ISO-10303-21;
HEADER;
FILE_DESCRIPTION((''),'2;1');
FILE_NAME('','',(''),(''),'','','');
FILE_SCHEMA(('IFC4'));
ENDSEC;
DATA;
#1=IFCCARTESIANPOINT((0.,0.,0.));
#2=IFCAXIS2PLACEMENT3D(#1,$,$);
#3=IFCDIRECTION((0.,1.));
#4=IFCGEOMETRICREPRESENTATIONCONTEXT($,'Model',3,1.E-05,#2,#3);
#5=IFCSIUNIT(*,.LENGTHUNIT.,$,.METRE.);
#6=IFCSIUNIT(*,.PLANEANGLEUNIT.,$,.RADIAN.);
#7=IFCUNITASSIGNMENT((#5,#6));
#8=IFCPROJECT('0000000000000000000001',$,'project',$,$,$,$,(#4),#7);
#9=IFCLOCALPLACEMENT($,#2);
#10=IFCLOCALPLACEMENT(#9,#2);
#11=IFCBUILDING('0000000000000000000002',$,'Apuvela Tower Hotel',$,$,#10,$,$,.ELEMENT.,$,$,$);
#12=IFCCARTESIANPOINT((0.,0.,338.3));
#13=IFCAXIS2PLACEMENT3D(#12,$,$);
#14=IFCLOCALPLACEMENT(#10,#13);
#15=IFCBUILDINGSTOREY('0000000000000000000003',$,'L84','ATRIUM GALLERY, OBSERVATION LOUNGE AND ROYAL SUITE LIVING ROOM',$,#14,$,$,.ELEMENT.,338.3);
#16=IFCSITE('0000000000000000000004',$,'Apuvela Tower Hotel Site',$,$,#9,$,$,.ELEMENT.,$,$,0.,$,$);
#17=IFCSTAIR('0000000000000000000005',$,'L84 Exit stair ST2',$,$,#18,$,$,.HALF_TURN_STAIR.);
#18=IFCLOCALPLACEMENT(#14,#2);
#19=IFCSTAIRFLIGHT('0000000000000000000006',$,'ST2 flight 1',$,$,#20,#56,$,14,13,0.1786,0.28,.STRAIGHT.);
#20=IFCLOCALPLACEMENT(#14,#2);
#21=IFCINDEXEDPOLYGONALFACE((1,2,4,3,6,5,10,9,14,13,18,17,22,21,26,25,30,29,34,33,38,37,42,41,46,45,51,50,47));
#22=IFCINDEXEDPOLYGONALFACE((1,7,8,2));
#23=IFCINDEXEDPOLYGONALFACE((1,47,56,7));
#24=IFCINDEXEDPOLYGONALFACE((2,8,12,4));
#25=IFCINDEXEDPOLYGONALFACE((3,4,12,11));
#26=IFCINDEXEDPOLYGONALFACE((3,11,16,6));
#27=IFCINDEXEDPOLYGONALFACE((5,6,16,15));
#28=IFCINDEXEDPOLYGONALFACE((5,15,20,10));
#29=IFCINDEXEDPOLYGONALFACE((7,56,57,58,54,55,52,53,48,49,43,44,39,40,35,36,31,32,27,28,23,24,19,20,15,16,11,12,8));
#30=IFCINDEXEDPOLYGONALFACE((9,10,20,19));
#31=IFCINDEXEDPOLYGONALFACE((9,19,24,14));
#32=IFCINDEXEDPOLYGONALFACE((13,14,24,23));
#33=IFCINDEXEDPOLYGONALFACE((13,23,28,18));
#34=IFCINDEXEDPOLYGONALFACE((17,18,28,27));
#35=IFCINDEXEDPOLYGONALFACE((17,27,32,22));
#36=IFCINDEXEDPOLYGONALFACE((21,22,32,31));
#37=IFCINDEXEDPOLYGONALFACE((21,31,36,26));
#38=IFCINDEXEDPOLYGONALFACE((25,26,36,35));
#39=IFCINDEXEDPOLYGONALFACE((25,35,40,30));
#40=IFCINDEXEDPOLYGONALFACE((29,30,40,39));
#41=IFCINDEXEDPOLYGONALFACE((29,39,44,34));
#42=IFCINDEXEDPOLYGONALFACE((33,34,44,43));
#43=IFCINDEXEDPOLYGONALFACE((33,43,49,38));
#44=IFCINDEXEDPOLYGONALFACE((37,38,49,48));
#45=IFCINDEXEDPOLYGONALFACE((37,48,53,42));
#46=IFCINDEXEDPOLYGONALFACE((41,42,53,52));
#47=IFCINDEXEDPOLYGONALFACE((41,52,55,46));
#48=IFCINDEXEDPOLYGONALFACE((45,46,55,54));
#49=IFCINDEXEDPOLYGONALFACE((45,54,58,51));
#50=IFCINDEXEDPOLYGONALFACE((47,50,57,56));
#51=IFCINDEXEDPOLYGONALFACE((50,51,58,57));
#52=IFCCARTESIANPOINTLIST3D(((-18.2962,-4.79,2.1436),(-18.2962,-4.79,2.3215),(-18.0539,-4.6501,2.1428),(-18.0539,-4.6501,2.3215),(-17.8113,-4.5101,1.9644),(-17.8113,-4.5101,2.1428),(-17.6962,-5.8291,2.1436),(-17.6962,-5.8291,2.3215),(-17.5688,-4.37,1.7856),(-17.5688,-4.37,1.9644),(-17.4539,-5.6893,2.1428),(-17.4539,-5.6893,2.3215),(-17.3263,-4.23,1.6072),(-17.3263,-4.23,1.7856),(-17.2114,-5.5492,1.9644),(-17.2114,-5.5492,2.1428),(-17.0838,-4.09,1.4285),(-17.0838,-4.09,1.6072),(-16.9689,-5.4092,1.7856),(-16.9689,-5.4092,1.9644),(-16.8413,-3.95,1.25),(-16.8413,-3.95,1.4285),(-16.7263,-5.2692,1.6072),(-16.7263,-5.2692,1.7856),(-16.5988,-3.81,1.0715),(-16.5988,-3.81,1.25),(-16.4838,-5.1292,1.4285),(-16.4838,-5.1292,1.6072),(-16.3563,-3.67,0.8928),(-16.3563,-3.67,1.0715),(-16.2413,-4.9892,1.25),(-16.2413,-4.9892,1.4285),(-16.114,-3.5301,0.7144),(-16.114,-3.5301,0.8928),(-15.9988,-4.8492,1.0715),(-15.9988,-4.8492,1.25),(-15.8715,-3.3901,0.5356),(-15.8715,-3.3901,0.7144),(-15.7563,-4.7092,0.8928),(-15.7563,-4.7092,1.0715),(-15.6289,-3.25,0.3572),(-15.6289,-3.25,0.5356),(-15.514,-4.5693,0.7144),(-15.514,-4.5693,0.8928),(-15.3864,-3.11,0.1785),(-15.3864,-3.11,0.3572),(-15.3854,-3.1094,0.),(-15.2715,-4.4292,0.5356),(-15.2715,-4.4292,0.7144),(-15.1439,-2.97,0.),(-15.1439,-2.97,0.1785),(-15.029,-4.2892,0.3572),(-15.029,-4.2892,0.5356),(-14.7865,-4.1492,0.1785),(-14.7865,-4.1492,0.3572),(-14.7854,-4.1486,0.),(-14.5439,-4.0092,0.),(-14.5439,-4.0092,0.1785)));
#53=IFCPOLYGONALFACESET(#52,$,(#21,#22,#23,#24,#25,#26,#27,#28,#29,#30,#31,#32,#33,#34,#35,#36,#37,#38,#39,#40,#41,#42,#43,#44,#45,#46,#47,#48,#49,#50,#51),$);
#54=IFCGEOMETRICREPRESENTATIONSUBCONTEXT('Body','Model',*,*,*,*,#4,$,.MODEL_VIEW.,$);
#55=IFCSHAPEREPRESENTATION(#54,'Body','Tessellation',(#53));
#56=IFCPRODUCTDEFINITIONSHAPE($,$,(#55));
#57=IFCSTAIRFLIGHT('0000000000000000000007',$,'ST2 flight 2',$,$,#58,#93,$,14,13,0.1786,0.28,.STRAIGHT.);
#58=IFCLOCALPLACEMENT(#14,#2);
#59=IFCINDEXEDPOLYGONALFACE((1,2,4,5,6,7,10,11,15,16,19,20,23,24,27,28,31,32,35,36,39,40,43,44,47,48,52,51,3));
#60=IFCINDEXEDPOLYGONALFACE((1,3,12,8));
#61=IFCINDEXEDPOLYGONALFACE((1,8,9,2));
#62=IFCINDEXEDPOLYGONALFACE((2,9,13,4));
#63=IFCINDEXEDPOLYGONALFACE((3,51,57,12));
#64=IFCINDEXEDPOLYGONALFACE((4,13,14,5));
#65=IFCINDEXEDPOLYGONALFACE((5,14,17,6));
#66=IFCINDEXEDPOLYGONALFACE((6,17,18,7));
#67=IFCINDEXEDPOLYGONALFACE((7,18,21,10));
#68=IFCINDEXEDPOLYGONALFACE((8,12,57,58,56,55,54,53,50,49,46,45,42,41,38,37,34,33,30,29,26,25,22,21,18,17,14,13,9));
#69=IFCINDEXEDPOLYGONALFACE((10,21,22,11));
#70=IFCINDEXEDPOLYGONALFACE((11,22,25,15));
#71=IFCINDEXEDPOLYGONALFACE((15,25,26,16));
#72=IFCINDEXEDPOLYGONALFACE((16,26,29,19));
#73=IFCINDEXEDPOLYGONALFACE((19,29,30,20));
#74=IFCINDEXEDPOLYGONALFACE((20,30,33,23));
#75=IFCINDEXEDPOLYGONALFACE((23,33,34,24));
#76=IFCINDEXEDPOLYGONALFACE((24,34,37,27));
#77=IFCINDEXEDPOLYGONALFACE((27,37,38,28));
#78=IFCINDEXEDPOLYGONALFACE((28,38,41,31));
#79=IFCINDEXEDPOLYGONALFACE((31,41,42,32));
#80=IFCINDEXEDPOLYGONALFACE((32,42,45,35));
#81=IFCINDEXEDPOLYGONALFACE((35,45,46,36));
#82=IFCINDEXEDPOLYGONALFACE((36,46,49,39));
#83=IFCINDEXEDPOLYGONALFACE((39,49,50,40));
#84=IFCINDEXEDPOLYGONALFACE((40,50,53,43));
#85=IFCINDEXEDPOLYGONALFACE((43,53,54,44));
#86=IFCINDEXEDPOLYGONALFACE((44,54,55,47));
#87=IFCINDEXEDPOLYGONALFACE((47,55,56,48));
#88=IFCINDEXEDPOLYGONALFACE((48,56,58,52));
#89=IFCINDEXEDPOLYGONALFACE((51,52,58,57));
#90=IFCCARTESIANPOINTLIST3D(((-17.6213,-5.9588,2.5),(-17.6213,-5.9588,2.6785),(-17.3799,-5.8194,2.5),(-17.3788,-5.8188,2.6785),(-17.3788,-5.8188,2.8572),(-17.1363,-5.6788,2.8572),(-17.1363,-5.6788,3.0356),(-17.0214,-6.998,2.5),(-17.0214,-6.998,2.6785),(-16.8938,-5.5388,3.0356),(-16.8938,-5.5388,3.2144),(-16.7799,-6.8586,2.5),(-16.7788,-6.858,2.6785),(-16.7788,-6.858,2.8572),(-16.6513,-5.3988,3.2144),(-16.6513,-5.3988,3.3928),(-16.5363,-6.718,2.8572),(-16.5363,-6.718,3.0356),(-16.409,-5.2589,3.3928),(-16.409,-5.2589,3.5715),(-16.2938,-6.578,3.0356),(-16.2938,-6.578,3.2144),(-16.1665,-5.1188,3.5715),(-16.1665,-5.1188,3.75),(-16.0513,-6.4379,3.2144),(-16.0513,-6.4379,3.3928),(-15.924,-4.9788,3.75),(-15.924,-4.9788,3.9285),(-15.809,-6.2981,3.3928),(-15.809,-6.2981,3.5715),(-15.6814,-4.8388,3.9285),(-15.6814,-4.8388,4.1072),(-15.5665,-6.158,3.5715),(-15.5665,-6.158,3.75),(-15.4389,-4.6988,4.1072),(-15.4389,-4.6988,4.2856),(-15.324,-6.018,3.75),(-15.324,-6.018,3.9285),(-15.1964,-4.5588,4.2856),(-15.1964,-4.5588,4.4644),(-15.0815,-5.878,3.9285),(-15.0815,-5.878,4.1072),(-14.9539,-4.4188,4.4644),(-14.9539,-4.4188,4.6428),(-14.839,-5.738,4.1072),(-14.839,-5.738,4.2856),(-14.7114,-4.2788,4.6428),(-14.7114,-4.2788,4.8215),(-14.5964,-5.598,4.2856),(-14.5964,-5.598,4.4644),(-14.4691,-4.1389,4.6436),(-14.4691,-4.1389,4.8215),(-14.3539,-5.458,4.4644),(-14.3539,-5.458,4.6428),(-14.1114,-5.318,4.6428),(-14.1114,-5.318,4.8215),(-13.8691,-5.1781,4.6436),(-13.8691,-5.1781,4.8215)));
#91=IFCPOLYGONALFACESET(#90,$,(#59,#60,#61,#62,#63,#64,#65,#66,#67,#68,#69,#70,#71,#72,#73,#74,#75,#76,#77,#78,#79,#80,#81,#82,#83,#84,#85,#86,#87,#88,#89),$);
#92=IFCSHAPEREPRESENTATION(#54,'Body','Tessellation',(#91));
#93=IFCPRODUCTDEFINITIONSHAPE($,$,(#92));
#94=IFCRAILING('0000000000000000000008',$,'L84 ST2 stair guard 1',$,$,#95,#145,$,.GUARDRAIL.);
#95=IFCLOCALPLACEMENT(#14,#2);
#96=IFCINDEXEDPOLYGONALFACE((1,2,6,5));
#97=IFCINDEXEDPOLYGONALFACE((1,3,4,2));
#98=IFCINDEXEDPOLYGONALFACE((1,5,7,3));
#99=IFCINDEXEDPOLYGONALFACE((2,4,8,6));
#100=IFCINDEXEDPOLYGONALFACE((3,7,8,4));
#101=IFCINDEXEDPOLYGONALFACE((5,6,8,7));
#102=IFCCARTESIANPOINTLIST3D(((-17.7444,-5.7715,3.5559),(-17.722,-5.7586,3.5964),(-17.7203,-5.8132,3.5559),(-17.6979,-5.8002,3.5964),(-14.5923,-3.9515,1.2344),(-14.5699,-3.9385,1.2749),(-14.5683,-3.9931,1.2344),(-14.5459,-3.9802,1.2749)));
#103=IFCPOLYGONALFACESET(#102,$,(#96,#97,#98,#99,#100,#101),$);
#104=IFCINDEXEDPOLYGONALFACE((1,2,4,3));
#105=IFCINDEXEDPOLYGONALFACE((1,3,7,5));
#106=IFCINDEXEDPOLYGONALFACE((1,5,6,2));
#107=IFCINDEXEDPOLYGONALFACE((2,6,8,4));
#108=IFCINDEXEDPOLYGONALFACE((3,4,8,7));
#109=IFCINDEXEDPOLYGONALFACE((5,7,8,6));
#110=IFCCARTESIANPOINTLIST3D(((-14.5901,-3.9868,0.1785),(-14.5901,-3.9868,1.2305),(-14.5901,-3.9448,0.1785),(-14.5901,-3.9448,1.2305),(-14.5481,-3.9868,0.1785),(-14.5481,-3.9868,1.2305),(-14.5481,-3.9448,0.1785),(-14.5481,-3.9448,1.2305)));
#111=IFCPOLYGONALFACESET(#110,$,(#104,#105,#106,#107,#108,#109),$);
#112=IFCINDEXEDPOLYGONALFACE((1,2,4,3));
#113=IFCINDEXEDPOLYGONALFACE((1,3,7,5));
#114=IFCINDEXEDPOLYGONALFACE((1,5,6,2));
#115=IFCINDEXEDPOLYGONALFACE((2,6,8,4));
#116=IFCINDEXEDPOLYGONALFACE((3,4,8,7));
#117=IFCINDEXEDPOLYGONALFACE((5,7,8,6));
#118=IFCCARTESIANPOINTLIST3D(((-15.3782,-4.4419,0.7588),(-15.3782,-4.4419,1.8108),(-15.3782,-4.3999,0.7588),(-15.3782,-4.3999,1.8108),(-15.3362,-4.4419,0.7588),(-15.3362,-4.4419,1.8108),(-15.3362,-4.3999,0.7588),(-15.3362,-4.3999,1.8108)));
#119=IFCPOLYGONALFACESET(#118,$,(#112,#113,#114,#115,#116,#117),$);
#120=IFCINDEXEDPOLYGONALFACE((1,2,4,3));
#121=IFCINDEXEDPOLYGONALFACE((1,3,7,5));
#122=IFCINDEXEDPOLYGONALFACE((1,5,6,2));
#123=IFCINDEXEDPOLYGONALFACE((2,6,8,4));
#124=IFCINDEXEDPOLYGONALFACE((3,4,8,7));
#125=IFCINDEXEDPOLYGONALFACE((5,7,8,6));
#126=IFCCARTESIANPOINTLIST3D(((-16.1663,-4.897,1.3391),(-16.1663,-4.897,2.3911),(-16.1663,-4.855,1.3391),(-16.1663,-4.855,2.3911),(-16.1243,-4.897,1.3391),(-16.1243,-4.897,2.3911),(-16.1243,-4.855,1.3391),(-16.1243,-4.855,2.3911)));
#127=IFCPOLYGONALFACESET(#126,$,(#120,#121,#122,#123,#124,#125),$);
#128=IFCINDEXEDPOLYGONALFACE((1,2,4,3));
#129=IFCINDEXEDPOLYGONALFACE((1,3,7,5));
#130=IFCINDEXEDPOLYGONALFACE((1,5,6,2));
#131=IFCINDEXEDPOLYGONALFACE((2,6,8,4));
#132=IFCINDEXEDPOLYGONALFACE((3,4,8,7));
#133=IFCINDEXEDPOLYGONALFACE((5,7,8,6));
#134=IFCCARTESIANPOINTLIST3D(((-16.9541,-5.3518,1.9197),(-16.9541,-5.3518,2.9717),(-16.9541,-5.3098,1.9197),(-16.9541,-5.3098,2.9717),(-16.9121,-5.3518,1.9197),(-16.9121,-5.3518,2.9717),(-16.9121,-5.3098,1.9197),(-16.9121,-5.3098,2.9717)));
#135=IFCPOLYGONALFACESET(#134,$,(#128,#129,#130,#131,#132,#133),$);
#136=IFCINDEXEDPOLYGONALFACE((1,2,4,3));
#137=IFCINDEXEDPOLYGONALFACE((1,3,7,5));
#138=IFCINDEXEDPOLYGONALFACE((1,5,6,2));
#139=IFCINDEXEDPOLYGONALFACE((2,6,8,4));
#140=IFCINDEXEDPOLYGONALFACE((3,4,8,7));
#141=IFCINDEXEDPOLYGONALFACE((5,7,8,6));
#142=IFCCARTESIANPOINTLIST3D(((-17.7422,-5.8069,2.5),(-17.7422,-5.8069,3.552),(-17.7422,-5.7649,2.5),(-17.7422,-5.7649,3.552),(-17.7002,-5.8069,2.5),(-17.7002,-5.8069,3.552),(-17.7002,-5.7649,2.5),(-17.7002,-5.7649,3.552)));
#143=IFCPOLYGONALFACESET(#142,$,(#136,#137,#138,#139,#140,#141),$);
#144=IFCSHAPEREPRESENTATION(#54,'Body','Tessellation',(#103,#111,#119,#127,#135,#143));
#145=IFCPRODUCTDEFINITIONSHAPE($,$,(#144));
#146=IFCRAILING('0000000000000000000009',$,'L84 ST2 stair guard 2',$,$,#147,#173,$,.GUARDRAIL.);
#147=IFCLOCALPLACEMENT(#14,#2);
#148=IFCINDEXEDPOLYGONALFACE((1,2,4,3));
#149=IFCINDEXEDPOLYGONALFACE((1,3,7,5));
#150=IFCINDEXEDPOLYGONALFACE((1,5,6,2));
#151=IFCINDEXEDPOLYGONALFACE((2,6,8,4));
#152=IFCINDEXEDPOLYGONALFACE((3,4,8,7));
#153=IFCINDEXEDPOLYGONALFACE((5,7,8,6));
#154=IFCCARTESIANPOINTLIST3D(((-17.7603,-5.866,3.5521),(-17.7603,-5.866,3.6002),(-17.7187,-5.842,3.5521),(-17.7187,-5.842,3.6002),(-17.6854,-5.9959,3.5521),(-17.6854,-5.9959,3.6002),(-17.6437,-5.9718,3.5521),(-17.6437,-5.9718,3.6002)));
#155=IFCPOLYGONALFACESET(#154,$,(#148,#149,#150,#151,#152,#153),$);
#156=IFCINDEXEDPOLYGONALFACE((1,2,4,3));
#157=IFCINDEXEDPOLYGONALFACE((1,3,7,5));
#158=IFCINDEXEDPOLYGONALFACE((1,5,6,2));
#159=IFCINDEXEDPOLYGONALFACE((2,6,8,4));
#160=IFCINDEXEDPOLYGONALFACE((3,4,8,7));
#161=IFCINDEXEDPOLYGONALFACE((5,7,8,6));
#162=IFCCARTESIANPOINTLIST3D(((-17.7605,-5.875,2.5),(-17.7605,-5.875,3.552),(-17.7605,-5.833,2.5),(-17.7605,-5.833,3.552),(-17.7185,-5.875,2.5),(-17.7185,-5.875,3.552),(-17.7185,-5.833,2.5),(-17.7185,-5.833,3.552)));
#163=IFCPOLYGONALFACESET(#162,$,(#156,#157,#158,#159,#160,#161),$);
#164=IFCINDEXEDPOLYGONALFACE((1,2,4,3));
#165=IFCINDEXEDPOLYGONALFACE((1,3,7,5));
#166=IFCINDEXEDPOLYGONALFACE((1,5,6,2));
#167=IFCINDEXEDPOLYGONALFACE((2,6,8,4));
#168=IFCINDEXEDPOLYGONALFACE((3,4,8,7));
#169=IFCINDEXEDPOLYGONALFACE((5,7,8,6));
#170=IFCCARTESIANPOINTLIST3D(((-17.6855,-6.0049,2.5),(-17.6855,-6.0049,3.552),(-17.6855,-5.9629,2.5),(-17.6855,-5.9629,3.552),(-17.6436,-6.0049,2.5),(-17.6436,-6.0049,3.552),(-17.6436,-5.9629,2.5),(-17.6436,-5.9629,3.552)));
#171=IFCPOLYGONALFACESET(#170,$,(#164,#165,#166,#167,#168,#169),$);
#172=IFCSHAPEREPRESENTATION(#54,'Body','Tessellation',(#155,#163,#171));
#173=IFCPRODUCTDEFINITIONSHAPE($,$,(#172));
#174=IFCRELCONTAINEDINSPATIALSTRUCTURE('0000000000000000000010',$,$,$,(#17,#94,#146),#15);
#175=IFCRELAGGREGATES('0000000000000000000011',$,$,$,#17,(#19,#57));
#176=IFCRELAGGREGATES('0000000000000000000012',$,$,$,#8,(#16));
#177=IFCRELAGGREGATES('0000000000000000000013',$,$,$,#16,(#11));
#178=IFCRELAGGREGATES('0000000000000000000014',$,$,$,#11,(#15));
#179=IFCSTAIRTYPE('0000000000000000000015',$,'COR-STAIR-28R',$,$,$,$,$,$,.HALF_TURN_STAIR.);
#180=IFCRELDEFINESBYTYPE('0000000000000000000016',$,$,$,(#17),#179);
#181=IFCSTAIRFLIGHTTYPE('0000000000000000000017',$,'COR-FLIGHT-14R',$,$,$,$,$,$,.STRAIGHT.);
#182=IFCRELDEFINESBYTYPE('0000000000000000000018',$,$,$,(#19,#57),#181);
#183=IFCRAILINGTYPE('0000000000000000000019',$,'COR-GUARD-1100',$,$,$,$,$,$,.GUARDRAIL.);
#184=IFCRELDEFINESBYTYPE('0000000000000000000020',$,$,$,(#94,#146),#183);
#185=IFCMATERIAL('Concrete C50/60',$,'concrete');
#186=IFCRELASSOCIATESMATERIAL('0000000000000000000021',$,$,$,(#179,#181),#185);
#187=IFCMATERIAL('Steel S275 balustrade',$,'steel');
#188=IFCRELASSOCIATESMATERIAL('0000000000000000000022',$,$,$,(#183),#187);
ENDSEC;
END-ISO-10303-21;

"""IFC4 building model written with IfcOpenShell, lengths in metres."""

from ifc_helpers import new_model, si_unit, direction, frame, origin, origin_2d, place, context, subcontext, project, spatial, polyline, rectangle, outline, extrude, material, type_object, element, aggregate, save


model = new_model("IFC4")

# Units and contexts
model_context = context("Model", 3, precision=1e-05, world=origin(), true_north=direction((0.0, 1.0)))
body_context = subcontext(model_context, "Body", "Model", "MODEL_VIEW")
ifc_project = project(units=[si_unit("LENGTHUNIT", "METRE"), si_unit("PLANEANGLEUNIT", "RADIAN")], contexts=[model_context])

# Site, building, storey
site_placement = place(None, origin())
site = spatial("IfcSite", under=ifc_project, at=site_placement, Name="Apuvela Tower Hotel Site", CompositionType="ELEMENT", RefElevation=0.0)
building_placement = place(site_placement, origin())
building = spatial("IfcBuilding", under=site, at=building_placement, Name="Apuvela Tower Hotel", CompositionType="ELEMENT")
storey_placement = place(building_placement, frame((0.0, 0.0, 338.3)))
storey = spatial("IfcBuildingStorey", under=building, at=storey_placement, Name="L84", Description="ATRIUM GALLERY, OBSERVATION LOUNGE AND ROYAL SUITE LIVING ROOM", CompositionType="ELEMENT", Elevation=338.3)

# Shared definitions
ifc_material_1 = material(Name="Concrete C50/60", Category="concrete")

# Stair, stair flights
stair_type = type_object("IfcStairType", Name="COR-STAIR-28R", PredefinedType="HALF_TURN_STAIR", material=ifc_material_1)
stair_placement = place(storey_placement, origin())
stair = element("IfcStair", 1, at=stair_placement, inside=storey, type_object=stair_type, Name="L84 Exit stair ST2", PredefinedType="HALF_TURN_STAIR")
stair_flight_type = type_object("IfcStairFlightType", Name="COR-FLIGHT-14R", PredefinedType="STRAIGHT", material=ifc_material_1)
stair_flight_1_placement = place(storey_placement, frame((-14.844, -3.4895, 0.0), z_axis=(0.0, 0.0, 1.0), x_axis=(-0.866025, -0.5, 0.0)))
stair_flight_1 = element("IfcStairFlight", 2, at=stair_flight_1_placement, type_object=stair_flight_type, Name="ST2 flight 1", NumberOfRisers=14, NumberOfTreads=13, PredefinedType="STRAIGHT", RiserHeight=0.1786, TreadLength=0.28, context=body_context, shape_type="SweptSolid", body=[
    extrude(outline(polyline([(0.0, 0.0), (0.0, 0.1785), (0.28, 0.1785), (0.28, 0.3572), (0.5601, 0.3572), (0.5601, 0.5356), (0.8401, 0.5356), (0.8401, 0.7144), (1.1201, 0.7144), (1.1201, 0.8928), (1.3999, 0.8928), (1.3999, 1.0715), (1.6799, 1.0715), (1.6799, 1.25), (1.96, 1.25), (1.96, 1.4285), (2.24, 1.4285), (2.24, 1.6072), (2.52, 1.6072), (2.52, 1.7856), (2.8, 1.7856), (2.8, 1.9644), (3.0801, 1.9644), (3.0801, 2.1428), (3.3601, 2.1428), (3.3601, 2.3215), (3.6399, 2.3215), (3.6399, 2.5), (3.6399, 2.1436), (0.2788, 0.0), (0.0, 0.0)])), frame((0.0, 0.6001, 0.0), z_axis=(0.0, -1.0, 0.0), x_axis=(1.0, 0.0, 0.0)), (0.0, 0.0, 1.0), 1.2),
])
stair_flight_2_placement = place(storey_placement, frame((-17.3213, -6.4785, 2.5), z_axis=(0.0, 0.0, 1.0), x_axis=(0.866025, 0.5, 0.0)))
stair_flight_2 = element("IfcStairFlight", 3, at=stair_flight_2_placement, type_object=stair_flight_type, Name="ST2 flight 2", NumberOfRisers=14, NumberOfTreads=13, PredefinedType="STRAIGHT", RiserHeight=0.1786, TreadLength=0.28, context=body_context, shape_type="SweptSolid", body=[
    extrude(outline(polyline([(0.0, 0.0), (0.0, 0.1785), (0.28, 0.1785), (0.28, 0.3572), (0.5601, 0.3572), (0.5601, 0.5356), (0.8401, 0.5356), (0.8401, 0.7144), (1.1201, 0.7144), (1.1201, 0.8928), (1.3999, 0.8928), (1.3999, 1.0715), (1.6799, 1.0715), (1.6799, 1.25), (1.96, 1.25), (1.96, 1.4285), (2.24, 1.4285), (2.24, 1.6072), (2.52, 1.6072), (2.52, 1.7856), (2.8, 1.7856), (2.8, 1.9644), (3.0801, 1.9644), (3.0801, 2.1428), (3.3601, 2.1428), (3.3601, 2.3215), (3.6399, 2.3215), (3.6399, 2.5), (3.6399, 2.1436), (0.2788, 0.0), (0.0, 0.0)])), frame((0.0, 0.6001, 0.0), z_axis=(0.0, -1.0, 0.0), x_axis=(1.0, 0.0, 0.0)), (0.0, 0.0, 1.0), 1.2),
])
aggregate(stair, [stair_flight_1, stair_flight_2])

# Railings
ifc_material_2 = material(Name="Steel S275 balustrade", Category="steel")
railing_type_1 = type_object("IfcRailingType", Name="COR-GUARD-1100", PredefinedType="GUARDRAIL", material=ifc_material_2)
railing_1_placement = place(storey_placement, frame((-14.5691, -3.9658, 0.1785)))
element("IfcRailing", 4, at=railing_1_placement, inside=storey, type_object=railing_type_1, Name="L84 ST2 stair guard 1", PredefinedType="GUARDRAIL", context=body_context, shape_type="SweptSolid", body=[
    extrude(rectangle(XDim=0.0481, YDim=0.0481, at=origin_2d()), frame((0.0, 0.0, 1.0762), z_axis=(-0.730132, -0.421589, 0.537745), x_axis=(0.500042, -0.866001, 0.0)), (0.0, 0.0, 1.0), 4.3171),
    extrude(rectangle(XDim=0.042, YDim=0.042, at=origin_2d()), origin(), (0.0, 0.0, 1.0), 1.052),
    extrude(rectangle(XDim=0.042, YDim=0.042, at=origin_2d()), frame((-0.7881, -0.4551, 0.5803)), (0.0, 0.0, 1.0), 1.052),
    extrude(rectangle(XDim=0.042, YDim=0.042, at=origin_2d()), frame((-1.5762, -0.9102, 1.1606)), (0.0, 0.0, 1.0), 1.052),
    extrude(rectangle(XDim=0.042, YDim=0.042, at=origin_2d()), frame((-2.364, -1.365, 1.7412)), (0.0, 0.0, 1.0), 1.052),
    extrude(rectangle(XDim=0.042, YDim=0.042, at=origin_2d()), frame((-3.1521, -1.8201, 2.3215)), (0.0, 0.0, 1.0), 1.052),
])
railing_2_placement = place(storey_placement, frame((-17.7395, -5.854, 2.5)))
element("IfcRailing", 5, at=railing_2_placement, inside=storey, type_object=railing_type_1, Name="L84 ST2 stair guard 2", PredefinedType="GUARDRAIL", context=body_context, shape_type="SweptSolid", body=[
    extrude(rectangle(XDim=0.0481, YDim=0.0481, at=origin_2d()), frame((0.0, 0.0, 1.0762), z_axis=(0.499816, -0.866131, 0.0), x_axis=(0.866131, 0.499816, 0.0)), (0.0, 0.0, 1.0), 0.1499),
    extrude(rectangle(XDim=0.042, YDim=0.042, at=origin_2d()), origin(), (0.0, 0.0, 1.0), 1.052),
    extrude(rectangle(XDim=0.042, YDim=0.042, at=origin_2d()), frame((0.075, -0.1299, 0.0)), (0.0, 0.0, 1.0), 1.052),
])

save(model, "model.ifc")
